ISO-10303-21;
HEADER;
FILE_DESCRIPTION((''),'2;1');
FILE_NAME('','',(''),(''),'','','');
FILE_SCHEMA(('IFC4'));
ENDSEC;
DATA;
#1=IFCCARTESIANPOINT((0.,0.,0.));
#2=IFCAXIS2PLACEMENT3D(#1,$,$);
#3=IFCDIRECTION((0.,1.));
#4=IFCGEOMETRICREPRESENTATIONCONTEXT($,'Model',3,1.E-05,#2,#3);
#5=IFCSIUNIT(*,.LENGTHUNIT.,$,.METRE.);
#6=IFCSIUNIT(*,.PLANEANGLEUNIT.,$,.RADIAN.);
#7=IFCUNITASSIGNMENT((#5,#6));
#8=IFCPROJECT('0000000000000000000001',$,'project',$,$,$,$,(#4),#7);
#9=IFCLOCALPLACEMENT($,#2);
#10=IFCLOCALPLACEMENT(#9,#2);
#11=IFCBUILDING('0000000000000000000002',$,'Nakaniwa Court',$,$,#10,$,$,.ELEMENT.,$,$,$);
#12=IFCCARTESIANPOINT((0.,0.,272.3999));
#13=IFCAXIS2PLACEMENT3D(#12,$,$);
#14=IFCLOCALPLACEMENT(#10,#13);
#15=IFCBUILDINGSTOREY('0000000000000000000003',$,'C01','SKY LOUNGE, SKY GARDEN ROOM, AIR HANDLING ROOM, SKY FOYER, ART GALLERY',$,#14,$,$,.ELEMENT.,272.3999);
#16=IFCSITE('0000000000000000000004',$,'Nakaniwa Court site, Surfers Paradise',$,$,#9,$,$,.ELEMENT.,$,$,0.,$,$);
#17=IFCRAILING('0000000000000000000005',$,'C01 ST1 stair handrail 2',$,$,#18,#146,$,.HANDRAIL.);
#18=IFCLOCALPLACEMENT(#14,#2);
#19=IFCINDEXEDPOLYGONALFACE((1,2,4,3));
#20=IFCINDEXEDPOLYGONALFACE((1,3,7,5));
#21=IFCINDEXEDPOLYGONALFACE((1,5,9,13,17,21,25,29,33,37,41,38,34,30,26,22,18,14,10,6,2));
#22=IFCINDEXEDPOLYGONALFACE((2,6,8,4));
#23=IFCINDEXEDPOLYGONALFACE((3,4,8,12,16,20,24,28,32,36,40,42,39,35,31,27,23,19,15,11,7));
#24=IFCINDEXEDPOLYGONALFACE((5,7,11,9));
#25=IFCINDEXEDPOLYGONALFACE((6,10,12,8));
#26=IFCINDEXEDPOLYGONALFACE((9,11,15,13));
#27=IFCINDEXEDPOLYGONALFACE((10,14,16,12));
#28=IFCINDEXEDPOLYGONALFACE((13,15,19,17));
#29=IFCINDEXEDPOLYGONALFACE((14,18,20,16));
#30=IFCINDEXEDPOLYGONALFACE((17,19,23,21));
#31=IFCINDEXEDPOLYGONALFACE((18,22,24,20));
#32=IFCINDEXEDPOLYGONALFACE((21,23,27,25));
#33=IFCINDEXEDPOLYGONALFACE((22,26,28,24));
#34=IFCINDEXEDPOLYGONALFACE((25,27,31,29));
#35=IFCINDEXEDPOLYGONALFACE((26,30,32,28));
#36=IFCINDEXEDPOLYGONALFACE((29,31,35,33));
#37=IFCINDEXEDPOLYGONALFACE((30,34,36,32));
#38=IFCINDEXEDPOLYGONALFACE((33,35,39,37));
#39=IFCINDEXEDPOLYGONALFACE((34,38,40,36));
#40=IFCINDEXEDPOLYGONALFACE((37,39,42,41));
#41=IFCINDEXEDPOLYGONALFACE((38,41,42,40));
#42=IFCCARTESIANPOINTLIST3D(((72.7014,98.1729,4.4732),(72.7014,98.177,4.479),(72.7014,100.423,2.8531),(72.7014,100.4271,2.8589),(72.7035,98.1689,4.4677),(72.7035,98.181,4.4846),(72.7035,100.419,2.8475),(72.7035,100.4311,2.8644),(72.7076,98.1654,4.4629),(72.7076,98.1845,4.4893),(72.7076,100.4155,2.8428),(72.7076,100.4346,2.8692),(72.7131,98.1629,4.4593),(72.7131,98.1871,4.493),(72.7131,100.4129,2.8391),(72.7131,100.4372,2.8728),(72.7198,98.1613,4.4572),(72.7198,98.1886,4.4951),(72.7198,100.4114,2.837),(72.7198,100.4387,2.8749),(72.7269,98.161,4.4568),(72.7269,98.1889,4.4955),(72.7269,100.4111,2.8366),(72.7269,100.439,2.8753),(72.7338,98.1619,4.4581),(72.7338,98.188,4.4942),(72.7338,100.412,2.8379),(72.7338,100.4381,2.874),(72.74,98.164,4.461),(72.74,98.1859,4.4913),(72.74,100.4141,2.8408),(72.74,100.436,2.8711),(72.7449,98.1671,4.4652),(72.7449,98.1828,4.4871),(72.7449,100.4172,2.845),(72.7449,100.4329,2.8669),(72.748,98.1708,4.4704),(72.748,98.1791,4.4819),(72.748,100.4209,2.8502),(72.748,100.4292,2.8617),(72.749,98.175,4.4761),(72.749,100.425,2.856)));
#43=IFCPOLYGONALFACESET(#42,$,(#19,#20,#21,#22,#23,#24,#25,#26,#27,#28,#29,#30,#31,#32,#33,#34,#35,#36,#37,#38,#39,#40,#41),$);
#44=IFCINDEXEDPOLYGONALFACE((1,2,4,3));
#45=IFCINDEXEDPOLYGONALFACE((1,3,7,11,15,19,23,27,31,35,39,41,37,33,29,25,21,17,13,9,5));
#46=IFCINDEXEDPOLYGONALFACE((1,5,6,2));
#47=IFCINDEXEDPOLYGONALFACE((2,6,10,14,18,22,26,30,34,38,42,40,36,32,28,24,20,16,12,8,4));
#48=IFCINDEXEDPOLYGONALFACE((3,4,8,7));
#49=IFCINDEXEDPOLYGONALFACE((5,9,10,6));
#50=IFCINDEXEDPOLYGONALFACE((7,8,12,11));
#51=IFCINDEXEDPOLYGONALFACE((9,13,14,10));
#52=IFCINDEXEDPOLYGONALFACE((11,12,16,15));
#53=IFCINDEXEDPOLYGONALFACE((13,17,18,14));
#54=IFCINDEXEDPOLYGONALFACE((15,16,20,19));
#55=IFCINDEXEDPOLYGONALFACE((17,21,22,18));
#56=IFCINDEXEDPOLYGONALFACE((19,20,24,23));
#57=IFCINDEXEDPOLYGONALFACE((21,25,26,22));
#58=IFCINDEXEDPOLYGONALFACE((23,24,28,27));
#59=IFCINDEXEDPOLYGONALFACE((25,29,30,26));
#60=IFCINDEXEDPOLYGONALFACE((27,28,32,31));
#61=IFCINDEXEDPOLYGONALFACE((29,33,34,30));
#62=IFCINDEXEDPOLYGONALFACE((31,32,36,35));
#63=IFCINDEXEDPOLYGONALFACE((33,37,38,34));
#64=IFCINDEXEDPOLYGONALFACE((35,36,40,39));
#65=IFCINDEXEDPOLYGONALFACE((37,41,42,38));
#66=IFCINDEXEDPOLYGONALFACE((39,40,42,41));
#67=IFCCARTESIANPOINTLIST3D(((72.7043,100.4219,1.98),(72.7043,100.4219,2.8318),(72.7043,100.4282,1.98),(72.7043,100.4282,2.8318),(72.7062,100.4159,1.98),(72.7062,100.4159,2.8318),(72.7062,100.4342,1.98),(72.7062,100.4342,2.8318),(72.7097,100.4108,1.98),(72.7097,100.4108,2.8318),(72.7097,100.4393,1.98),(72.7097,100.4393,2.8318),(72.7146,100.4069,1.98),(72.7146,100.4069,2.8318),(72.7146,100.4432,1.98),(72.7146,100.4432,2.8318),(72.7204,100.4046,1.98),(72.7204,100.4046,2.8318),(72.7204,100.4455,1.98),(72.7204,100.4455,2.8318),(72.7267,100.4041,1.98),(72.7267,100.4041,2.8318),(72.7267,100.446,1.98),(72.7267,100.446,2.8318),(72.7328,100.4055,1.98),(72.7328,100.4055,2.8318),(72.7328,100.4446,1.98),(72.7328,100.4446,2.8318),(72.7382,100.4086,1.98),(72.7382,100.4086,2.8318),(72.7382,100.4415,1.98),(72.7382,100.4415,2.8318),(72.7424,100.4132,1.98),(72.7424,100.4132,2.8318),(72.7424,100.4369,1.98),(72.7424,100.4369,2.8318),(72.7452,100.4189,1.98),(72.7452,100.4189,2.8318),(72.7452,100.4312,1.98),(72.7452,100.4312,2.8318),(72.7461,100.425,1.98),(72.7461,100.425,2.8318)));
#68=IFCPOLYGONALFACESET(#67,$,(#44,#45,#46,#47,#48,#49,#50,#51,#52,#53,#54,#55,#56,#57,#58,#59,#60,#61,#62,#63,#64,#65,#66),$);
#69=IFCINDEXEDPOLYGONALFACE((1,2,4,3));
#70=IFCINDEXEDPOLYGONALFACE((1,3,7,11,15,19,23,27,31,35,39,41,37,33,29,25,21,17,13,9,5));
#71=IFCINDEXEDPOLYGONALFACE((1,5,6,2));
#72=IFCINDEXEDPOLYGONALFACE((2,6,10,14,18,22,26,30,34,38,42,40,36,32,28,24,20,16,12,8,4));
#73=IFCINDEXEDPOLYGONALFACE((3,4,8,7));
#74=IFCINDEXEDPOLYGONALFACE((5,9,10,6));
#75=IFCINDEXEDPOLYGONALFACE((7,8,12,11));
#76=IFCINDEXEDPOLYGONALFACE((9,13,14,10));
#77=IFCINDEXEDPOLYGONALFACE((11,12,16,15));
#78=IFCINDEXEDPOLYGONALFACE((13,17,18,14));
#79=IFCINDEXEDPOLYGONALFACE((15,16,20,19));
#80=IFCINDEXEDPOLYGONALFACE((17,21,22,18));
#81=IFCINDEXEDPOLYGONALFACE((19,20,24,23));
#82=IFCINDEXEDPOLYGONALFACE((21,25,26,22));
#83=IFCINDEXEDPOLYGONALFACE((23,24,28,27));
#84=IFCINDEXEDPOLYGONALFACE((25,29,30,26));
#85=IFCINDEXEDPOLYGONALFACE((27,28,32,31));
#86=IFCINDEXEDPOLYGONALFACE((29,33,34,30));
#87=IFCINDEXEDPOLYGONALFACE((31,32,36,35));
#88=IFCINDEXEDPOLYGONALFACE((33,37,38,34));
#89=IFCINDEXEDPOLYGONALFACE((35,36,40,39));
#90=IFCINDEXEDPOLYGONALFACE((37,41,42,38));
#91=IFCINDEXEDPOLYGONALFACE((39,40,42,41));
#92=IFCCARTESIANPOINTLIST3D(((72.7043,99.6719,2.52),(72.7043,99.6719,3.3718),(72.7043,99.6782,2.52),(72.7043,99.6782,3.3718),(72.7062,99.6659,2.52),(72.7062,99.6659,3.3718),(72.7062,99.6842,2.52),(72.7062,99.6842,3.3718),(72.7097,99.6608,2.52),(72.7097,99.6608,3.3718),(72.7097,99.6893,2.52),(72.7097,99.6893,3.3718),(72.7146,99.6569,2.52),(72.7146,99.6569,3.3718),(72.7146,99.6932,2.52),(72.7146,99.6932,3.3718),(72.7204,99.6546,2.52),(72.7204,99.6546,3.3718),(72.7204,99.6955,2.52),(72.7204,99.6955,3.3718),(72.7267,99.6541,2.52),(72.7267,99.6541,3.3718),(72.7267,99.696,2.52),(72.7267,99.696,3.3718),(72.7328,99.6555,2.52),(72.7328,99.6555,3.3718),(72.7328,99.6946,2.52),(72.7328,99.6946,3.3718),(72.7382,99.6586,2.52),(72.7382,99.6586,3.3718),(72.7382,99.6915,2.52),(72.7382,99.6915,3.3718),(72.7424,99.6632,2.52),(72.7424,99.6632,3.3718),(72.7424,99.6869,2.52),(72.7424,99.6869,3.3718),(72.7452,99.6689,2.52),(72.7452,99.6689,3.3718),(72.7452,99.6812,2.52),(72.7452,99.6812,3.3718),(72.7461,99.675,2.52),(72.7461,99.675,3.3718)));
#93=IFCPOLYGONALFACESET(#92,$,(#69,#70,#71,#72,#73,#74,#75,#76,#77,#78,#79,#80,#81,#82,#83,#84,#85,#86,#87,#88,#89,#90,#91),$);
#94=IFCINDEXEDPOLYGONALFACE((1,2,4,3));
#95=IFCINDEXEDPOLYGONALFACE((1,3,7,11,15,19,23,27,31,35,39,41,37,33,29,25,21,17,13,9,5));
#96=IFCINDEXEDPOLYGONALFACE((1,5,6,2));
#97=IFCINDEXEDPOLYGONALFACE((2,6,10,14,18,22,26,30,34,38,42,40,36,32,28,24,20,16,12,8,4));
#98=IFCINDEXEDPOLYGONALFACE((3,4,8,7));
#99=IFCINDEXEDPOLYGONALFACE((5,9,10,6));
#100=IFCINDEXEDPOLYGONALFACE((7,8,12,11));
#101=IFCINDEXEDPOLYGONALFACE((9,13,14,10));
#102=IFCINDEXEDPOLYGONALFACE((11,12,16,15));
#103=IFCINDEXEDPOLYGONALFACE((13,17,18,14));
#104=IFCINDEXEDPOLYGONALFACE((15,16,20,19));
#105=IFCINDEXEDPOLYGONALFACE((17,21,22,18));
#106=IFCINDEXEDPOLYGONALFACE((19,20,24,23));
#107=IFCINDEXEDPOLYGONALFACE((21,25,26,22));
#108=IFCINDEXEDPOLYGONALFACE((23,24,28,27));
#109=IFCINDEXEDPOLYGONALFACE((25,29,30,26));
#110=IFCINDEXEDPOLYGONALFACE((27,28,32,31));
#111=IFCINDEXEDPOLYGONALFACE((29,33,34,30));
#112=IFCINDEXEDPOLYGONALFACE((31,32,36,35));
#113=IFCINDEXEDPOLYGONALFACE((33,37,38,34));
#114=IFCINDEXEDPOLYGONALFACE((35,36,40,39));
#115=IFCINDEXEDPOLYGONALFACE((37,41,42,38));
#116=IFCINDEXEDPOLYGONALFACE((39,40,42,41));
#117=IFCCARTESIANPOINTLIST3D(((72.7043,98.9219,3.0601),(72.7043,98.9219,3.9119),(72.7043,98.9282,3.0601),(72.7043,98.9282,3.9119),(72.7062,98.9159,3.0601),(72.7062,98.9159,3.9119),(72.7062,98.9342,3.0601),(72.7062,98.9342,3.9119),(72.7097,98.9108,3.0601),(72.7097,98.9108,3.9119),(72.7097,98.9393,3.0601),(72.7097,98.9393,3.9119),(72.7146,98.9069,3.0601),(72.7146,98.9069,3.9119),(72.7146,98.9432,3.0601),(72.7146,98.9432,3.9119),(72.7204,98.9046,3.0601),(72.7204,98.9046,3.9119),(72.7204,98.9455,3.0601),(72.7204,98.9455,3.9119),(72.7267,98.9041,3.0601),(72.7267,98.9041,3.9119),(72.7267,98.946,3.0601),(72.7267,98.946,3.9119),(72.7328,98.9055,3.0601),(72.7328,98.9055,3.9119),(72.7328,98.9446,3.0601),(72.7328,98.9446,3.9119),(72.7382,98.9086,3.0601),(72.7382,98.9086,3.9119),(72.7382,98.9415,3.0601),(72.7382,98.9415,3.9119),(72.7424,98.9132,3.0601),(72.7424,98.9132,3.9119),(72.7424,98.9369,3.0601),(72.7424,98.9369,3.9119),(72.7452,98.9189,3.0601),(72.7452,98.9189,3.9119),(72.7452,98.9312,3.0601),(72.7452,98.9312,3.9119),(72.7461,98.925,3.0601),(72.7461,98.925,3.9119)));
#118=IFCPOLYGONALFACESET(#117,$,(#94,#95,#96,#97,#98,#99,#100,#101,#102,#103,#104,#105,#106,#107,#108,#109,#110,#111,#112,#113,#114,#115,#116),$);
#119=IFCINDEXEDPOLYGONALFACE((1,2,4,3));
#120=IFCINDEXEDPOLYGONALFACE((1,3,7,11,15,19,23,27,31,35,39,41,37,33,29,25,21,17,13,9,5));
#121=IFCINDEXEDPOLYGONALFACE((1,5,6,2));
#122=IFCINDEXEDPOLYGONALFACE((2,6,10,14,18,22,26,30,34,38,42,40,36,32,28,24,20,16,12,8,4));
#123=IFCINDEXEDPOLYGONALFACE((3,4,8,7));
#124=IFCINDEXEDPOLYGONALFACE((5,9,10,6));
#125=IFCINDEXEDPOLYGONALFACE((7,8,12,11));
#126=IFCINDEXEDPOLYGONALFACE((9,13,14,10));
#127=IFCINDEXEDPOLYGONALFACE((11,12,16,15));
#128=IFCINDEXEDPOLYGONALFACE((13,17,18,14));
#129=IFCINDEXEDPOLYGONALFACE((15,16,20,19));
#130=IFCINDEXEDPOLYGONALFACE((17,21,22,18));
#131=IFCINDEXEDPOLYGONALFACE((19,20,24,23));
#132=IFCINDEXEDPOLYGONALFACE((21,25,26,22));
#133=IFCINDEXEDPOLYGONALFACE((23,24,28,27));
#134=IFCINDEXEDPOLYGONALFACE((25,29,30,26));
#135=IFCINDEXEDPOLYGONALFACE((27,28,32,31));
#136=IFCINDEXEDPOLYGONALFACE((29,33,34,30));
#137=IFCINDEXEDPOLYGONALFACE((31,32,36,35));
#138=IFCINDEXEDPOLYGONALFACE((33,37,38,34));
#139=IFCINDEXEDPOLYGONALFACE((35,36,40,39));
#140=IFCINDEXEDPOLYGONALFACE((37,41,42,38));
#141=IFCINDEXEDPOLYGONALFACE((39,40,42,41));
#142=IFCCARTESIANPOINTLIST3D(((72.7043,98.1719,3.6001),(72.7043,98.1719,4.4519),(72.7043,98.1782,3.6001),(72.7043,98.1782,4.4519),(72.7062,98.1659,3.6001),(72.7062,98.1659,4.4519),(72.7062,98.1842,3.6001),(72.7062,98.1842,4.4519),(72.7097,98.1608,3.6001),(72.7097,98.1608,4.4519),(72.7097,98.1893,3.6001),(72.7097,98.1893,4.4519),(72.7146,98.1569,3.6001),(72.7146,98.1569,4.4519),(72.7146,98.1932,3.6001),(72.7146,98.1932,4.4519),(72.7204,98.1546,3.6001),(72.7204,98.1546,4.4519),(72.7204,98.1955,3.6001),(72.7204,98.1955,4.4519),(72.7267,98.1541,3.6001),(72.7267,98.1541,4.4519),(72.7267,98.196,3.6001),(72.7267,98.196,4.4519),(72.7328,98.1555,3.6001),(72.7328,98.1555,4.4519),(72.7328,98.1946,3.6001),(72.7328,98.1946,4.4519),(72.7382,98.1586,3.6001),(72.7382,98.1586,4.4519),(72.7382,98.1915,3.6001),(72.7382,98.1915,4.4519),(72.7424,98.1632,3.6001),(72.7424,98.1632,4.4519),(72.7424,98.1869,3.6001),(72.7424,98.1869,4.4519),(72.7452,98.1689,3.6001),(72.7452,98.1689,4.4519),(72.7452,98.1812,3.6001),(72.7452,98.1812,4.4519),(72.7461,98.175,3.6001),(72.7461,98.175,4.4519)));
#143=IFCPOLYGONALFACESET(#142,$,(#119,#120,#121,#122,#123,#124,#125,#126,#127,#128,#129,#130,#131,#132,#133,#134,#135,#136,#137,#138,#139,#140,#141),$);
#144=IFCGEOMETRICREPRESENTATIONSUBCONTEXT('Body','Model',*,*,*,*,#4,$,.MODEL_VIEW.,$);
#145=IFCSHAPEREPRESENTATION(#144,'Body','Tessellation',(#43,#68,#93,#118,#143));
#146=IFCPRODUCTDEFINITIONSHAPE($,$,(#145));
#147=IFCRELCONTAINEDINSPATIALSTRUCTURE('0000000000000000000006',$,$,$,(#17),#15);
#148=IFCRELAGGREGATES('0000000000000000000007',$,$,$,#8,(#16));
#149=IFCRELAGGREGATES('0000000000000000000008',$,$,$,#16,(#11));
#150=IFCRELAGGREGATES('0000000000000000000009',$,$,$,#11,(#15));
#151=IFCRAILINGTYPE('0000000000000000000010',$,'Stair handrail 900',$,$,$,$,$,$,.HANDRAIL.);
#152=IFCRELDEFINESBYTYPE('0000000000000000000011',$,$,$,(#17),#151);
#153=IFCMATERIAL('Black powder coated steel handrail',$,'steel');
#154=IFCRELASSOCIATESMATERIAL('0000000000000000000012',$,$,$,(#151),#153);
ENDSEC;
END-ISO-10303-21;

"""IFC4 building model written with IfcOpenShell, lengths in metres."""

from ifc_helpers import new_model, si_unit, direction, frame, origin, origin_2d, place, context, subcontext, project, spatial, circle, extrude, material, type_object, element, save


model = new_model("IFC4")

# Units and contexts
model_context = context("Model", 3, precision=1e-05, world=origin(), true_north=direction((0.0, 1.0)))
body_context = subcontext(model_context, "Body", "Model", "MODEL_VIEW")
ifc_project = project(units=[si_unit("LENGTHUNIT", "METRE"), si_unit("PLANEANGLEUNIT", "RADIAN")], contexts=[model_context])

# Site, building, storey
site_placement = place(None, origin())
site = spatial("IfcSite", under=ifc_project, at=site_placement, Name="Nakaniwa Court site, Surfers Paradise", CompositionType="ELEMENT", RefElevation=0.0)
building_placement = place(site_placement, origin())
building = spatial("IfcBuilding", under=site, at=building_placement, Name="Nakaniwa Court", CompositionType="ELEMENT")
storey_placement = place(building_placement, frame((0.0, 0.0, 272.3999)))
storey = spatial("IfcBuildingStorey", under=building, at=storey_placement, Name="C01", Description="SKY LOUNGE, SKY GARDEN ROOM, AIR HANDLING ROOM, SKY FOYER, ART GALLERY", CompositionType="ELEMENT", Elevation=272.3999)

# Railing
ifc_material_1 = material(Name="Black powder coated steel handrail", Category="steel")
railing_type_1 = type_object("IfcRailingType", Name="Stair handrail 900", PredefinedType="HANDRAIL", material=ifc_material_1)
railing_1_placement = place(storey_placement, frame((72.7251, 100.425, 1.98)))
element("IfcRailing", 1, at=railing_1_placement, inside=storey, type_object=railing_type_1, Name="C01 ST1 stair handrail 2", PredefinedType="HANDRAIL", context=body_context, shape_type="SweptSolid", body=[
    extrude(circle(Radius=0.0239, at=origin_2d()), frame((0.0, 0.0, 0.876), z_axis=(0.0, -0.811514, 0.584333), x_axis=(1.0, 0.0, 0.0)), (0.0, 0.0, 1.0), 2.7727),
    extrude(circle(Radius=0.021, at=origin_2d()), origin(), (0.0, 0.0, 1.0), 0.8518),
    extrude(circle(Radius=0.021, at=origin_2d()), frame((0.0, -0.75, 0.54)), (0.0, 0.0, 1.0), 0.8518),
    extrude(circle(Radius=0.021, at=origin_2d()), frame((0.0, -1.5, 1.0801)), (0.0, 0.0, 1.0), 0.8518),
    extrude(circle(Radius=0.021, at=origin_2d()), frame((0.0, -2.25, 1.6201)), (0.0, 0.0, 1.0), 0.8518),
])

save(model, "model.ifc")
